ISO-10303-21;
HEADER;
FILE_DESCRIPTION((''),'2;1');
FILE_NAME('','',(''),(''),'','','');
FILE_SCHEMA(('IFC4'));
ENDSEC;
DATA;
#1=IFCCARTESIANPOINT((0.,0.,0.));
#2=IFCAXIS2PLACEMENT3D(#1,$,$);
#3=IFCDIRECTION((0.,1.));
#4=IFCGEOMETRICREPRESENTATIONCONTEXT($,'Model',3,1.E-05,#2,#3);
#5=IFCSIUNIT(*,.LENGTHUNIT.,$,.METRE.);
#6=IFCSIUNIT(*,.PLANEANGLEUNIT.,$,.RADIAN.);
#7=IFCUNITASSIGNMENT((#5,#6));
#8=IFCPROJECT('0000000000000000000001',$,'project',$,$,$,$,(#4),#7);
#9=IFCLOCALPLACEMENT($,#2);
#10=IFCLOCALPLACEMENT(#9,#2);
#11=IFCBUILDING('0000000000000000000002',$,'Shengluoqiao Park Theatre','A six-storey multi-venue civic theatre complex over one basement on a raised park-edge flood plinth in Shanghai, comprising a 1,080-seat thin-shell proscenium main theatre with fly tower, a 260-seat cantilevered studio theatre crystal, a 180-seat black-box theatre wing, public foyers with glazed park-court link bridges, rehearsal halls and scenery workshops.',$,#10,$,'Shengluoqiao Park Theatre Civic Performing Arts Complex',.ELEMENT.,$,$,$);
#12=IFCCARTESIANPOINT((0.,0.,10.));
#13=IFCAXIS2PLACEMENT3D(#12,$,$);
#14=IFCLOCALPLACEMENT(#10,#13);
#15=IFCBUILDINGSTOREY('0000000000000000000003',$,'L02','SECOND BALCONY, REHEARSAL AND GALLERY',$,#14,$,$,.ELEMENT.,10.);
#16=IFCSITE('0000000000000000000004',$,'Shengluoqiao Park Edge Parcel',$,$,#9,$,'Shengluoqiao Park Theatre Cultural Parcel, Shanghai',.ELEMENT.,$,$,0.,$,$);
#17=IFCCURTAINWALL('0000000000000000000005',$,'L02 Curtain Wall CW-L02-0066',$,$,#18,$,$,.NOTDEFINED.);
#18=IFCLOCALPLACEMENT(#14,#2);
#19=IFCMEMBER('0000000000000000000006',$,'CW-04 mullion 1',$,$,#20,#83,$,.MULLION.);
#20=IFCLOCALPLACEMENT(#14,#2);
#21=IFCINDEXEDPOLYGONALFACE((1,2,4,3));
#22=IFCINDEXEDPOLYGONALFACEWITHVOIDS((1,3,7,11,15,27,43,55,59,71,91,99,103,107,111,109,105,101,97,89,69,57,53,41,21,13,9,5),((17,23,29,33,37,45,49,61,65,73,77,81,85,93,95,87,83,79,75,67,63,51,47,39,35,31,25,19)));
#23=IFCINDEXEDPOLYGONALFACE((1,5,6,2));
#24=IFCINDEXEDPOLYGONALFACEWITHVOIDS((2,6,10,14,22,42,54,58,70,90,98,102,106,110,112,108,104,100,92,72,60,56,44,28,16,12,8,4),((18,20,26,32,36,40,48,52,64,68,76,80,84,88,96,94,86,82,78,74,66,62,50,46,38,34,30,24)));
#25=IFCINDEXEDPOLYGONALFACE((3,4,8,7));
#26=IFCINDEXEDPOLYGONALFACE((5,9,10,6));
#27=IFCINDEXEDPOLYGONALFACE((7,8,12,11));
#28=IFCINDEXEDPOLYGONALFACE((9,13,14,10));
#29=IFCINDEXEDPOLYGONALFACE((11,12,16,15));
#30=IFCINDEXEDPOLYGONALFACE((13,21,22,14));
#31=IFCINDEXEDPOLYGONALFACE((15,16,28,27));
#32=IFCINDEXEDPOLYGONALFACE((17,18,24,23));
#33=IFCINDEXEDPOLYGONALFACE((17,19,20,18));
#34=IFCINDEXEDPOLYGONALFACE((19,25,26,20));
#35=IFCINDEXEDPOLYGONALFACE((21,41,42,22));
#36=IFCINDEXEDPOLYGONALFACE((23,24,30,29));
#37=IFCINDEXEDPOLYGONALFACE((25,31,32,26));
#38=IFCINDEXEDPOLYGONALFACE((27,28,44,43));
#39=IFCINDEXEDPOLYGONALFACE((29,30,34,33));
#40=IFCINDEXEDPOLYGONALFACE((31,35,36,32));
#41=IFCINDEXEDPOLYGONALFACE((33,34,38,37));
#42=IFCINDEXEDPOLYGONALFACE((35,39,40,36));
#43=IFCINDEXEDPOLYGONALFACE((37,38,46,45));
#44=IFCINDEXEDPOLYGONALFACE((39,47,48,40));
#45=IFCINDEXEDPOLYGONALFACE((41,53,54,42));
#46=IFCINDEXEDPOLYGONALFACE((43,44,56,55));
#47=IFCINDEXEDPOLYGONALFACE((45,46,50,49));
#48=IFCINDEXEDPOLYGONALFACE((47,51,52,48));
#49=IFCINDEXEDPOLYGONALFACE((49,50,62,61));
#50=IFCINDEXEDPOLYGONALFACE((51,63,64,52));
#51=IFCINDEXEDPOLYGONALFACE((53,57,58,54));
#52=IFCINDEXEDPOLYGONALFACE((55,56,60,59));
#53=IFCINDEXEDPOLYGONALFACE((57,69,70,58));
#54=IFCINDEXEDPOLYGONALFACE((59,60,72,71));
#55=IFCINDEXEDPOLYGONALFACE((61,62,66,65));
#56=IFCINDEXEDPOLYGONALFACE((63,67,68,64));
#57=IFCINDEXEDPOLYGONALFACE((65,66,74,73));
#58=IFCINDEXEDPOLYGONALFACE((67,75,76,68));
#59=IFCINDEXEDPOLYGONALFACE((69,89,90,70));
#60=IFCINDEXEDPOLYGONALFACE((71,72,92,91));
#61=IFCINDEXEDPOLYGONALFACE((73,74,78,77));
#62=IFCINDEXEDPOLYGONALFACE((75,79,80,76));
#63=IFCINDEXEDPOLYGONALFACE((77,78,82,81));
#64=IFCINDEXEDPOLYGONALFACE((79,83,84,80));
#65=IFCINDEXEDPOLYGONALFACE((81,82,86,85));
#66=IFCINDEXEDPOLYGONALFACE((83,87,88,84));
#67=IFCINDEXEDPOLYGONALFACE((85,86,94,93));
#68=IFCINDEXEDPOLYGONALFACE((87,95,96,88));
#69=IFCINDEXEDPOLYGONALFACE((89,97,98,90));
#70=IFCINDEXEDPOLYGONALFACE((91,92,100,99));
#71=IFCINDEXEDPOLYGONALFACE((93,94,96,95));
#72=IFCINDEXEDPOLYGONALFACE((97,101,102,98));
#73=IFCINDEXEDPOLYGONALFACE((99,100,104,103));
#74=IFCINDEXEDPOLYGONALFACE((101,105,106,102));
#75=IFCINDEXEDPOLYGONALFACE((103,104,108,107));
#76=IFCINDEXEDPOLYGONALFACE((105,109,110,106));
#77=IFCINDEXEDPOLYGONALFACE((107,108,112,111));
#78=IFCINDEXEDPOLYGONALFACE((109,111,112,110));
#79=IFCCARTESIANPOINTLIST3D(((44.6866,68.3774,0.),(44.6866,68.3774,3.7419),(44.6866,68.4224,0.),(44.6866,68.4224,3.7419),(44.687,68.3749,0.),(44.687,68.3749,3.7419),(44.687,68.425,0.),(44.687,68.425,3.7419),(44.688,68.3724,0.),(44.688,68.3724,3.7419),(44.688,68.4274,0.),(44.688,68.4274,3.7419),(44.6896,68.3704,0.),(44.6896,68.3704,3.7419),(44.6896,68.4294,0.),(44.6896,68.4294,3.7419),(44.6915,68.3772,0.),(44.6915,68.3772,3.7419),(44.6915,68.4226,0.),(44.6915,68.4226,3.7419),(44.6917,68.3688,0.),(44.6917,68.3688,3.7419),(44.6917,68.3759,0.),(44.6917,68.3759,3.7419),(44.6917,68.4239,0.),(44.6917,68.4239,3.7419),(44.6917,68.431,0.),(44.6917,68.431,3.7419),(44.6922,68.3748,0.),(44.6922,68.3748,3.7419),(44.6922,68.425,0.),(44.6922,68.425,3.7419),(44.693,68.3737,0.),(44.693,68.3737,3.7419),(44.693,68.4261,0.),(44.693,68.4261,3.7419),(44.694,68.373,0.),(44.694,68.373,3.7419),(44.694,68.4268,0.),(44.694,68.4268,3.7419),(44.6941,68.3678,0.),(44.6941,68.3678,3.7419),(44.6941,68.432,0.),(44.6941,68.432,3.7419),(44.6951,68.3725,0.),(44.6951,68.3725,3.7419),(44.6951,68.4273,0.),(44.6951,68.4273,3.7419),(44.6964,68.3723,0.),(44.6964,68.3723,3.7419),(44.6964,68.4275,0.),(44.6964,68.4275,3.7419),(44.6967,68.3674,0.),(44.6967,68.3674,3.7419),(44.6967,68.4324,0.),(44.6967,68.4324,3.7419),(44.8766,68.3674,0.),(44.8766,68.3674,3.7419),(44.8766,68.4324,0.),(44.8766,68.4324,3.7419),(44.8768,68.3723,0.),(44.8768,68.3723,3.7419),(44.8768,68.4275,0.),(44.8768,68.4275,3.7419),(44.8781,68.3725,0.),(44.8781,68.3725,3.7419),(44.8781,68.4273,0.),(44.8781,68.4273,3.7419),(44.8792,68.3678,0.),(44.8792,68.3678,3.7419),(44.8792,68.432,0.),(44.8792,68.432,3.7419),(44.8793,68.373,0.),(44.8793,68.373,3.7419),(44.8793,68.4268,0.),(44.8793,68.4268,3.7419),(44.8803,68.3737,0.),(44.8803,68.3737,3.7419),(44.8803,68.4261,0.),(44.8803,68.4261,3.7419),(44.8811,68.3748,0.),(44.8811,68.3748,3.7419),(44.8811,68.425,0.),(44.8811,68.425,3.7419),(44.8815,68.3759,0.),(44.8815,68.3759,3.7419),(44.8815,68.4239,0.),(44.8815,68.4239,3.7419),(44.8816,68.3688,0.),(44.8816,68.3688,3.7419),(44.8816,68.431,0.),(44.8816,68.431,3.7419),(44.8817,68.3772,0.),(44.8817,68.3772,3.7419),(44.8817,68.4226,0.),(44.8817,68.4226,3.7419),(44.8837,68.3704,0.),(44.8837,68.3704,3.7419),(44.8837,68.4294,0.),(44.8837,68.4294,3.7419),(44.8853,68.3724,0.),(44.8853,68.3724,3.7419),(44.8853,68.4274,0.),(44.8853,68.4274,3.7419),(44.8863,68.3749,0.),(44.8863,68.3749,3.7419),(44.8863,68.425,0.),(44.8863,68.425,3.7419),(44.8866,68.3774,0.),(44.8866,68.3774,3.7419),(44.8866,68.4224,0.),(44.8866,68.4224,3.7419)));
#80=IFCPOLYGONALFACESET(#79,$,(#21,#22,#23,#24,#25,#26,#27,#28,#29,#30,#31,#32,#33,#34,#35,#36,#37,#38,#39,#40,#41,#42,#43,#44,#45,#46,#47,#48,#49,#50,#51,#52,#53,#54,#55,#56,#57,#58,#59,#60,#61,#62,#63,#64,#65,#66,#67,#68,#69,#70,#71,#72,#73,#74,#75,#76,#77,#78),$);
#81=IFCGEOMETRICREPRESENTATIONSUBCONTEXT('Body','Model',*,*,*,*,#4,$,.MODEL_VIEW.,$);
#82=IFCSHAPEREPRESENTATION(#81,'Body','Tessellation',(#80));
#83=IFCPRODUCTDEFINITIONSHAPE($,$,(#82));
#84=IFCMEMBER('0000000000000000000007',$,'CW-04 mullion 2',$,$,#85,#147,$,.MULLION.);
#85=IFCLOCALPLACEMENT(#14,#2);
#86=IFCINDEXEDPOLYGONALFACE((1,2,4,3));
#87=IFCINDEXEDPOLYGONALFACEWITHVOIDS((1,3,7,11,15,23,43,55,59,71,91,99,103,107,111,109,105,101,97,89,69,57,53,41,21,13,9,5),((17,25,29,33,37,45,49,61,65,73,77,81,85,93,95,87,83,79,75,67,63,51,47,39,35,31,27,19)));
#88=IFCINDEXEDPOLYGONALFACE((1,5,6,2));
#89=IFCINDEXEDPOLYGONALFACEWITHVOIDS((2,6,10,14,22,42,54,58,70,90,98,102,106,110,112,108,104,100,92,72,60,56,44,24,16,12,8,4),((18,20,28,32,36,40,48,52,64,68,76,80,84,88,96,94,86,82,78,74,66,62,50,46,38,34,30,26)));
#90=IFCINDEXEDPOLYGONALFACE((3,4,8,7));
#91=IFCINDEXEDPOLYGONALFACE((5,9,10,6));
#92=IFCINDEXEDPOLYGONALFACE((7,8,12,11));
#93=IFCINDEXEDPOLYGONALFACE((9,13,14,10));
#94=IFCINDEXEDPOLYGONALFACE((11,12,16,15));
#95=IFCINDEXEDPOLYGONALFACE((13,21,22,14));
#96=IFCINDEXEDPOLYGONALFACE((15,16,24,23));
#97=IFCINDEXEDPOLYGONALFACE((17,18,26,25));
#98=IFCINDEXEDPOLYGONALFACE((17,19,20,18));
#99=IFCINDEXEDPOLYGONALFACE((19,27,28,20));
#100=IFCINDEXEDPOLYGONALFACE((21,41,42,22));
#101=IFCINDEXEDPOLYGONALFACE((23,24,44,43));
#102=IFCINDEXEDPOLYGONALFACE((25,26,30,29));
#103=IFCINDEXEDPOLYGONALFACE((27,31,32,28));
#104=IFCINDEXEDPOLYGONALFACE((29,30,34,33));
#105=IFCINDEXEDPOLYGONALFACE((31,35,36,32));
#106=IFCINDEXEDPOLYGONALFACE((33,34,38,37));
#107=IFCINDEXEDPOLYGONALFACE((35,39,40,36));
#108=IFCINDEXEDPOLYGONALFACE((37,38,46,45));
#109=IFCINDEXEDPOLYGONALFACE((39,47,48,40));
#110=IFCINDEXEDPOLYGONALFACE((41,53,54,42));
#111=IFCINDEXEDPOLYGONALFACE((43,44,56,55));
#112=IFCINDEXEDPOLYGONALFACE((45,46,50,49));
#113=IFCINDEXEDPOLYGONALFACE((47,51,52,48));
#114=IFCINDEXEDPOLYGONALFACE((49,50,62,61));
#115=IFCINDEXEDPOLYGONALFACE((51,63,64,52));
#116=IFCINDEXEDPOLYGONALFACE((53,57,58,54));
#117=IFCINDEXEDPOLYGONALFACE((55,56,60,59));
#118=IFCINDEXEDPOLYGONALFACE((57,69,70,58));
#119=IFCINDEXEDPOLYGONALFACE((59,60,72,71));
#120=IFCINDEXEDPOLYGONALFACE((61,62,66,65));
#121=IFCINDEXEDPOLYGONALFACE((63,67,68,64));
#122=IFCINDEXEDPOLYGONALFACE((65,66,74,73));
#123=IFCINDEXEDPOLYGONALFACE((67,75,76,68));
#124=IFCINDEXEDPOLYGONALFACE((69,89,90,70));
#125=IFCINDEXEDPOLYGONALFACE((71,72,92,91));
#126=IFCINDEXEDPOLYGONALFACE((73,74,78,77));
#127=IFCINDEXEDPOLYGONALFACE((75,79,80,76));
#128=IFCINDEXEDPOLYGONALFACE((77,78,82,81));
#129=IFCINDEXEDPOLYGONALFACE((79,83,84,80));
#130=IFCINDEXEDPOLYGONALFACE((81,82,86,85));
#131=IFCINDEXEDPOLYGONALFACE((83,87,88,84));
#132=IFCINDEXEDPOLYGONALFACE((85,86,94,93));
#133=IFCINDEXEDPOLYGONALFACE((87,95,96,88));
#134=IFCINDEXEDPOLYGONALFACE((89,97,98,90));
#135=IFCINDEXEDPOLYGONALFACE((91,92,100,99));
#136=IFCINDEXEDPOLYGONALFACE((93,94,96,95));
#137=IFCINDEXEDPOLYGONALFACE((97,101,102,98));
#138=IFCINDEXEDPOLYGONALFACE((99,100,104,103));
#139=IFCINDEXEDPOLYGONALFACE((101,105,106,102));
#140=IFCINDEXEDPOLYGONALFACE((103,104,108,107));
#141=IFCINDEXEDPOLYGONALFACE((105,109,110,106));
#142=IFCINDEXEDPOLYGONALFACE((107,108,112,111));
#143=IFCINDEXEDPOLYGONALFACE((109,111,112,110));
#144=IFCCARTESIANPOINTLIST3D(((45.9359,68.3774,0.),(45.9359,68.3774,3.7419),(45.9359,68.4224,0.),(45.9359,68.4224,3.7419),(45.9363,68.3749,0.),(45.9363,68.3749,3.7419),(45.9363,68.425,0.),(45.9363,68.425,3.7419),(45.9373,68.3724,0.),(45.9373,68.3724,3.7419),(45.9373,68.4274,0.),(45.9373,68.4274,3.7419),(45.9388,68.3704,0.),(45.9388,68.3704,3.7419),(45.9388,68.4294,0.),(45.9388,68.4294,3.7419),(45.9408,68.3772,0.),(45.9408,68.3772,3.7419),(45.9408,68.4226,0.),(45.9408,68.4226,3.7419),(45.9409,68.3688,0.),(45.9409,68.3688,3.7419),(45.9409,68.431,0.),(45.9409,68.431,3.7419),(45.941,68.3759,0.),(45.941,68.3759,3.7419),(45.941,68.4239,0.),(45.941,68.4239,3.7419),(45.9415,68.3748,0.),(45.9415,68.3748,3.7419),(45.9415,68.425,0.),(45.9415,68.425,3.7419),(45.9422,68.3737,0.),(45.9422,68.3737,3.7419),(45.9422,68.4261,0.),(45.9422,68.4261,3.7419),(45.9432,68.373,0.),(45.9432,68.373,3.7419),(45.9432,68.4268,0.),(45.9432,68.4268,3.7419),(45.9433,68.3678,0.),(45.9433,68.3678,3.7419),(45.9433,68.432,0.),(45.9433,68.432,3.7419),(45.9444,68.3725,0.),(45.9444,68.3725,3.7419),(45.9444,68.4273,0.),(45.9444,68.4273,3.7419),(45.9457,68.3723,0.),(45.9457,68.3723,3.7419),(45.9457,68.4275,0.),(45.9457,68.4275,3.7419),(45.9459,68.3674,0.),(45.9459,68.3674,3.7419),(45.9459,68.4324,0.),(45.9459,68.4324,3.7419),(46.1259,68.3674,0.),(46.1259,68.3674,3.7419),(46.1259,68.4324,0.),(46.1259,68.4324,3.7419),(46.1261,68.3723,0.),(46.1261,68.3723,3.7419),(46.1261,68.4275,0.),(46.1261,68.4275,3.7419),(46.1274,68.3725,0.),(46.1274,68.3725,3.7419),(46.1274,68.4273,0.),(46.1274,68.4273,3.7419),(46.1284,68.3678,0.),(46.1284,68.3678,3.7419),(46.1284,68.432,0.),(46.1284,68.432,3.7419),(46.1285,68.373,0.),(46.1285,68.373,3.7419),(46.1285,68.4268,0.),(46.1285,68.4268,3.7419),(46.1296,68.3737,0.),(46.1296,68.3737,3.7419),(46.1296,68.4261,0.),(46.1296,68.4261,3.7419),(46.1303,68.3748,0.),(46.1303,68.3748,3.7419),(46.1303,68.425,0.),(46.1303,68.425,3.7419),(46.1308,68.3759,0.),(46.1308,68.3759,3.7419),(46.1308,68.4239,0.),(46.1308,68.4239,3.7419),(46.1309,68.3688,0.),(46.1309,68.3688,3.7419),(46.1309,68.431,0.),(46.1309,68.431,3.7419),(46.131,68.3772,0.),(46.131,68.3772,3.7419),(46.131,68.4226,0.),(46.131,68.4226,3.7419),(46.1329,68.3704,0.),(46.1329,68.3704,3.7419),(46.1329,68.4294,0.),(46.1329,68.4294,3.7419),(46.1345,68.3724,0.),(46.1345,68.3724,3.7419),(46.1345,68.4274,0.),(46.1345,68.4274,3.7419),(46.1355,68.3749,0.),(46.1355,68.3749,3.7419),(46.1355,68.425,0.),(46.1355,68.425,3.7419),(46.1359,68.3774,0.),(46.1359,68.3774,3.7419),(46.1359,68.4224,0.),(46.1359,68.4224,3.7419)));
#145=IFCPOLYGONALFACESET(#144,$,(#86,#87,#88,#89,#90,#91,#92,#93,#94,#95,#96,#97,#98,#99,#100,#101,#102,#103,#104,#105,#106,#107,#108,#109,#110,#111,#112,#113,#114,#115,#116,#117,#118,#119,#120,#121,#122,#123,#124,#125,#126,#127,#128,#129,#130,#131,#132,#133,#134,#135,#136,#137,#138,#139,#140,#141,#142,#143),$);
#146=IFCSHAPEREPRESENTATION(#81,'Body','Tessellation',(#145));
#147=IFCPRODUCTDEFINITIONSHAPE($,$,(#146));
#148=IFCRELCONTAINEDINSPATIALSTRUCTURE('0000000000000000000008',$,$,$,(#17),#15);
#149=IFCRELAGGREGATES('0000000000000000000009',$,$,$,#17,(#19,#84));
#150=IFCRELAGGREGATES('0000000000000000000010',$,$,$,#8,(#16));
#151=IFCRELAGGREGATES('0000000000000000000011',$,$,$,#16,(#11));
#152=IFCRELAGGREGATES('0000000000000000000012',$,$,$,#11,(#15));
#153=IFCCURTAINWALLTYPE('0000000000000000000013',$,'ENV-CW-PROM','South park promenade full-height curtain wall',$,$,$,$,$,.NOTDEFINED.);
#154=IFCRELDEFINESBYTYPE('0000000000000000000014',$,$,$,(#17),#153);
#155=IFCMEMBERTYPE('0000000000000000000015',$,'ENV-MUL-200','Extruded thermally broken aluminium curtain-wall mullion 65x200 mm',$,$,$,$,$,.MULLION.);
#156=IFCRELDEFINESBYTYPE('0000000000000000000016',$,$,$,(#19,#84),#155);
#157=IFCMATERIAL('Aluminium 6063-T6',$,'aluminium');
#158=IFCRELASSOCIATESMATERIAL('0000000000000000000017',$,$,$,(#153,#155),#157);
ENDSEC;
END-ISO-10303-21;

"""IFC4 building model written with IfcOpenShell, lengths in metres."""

from ifc_helpers import new_model, si_unit, direction, frame, origin, origin_2d, place, context, subcontext, project, spatial, hollow_rectangle, extrude, material, material_profile, profile_set, type_object, element, aggregate, save


model = new_model("IFC4")

# Units and contexts
model_context = context("Model", 3, precision=1e-05, world=origin(), true_north=direction((0.0, 1.0)))
body_context = subcontext(model_context, "Body", "Model", "MODEL_VIEW")
ifc_project = project(units=[si_unit("LENGTHUNIT", "METRE"), si_unit("PLANEANGLEUNIT", "RADIAN")], contexts=[model_context])

# Site, building, storey
site_placement = place(None, origin())
site = spatial("IfcSite", under=ifc_project, at=site_placement, Name="Shengluoqiao Park Edge Parcel", LongName="Shengluoqiao Park Theatre Cultural Parcel, Shanghai", CompositionType="ELEMENT", RefElevation=0.0)
building_placement = place(site_placement, origin())
building = spatial("IfcBuilding", under=site, at=building_placement, Name="Shengluoqiao Park Theatre", Description="A six-storey multi-venue civic theatre complex over one basement on a raised park-edge flood plinth in Shanghai, comprising a 1,080-seat thin-shell proscenium main theatre with fly tower, a 260-seat cantilevered studio theatre crystal, a 180-seat black-box theatre wing, public foyers with glazed park-court link bridges, rehearsal halls and scenery workshops.", LongName="Shengluoqiao Park Theatre Civic Performing Arts Complex", CompositionType="ELEMENT")
storey_placement = place(building_placement, frame((0.0, 0.0, 10.0)))
storey = spatial("IfcBuildingStorey", under=building, at=storey_placement, Name="L02", Description="SECOND BALCONY, REHEARSAL AND GALLERY", CompositionType="ELEMENT", Elevation=10.0)

# Curtain wall, members
ifc_material_1 = material(Name="Aluminium 6063-T6", Category="aluminium")
curtain_wall_type = type_object("IfcCurtainWallType", Name="ENV-CW-PROM", Description="South park promenade full-height curtain wall", PredefinedType="NOTDEFINED", material=ifc_material_1)
curtain_wall_1_placement = place(storey_placement, origin())
curtain_wall_1 = element("IfcCurtainWall", 1, at=curtain_wall_1_placement, inside=storey, type_object=curtain_wall_type, Name="L02 Curtain Wall CW-L02-0066", PredefinedType="NOTDEFINED")
ifc_material_profile_1 = material_profile(ifc_material_1, hollow_rectangle(XDim=0.0649, YDim=0.2, WallThickness=0.0049, InnerFilletRadius=0.0049, OuterFilletRadius=0.01, at=origin_2d()), Name="ALU MULLION 200x65x5")
ifc_profile_set_1 = profile_set([ifc_material_profile_1], Name="Aluminium 6063-T6")
member_type_1 = type_object("IfcMemberType", Name="ENV-MUL-200", Description="Extruded thermally broken aluminium curtain-wall mullion 65x200 mm", PredefinedType="MULLION", material=ifc_profile_set_1)
member_1_placement = place(storey_placement, frame((44.7866, 68.3999, 0.0), z_axis=(0.0, 0.0, 1.0), x_axis=(0.0, 1.0, 0.0)))
member_1 = element("IfcMember", 2, at=member_1_placement, type_object=member_type_1, Name="CW-04 mullion 1", PredefinedType="MULLION", context=body_context, shape_type="SweptSolid", body=[
    extrude(hollow_rectangle(XDim=0.0649, YDim=0.2, WallThickness=0.0049, InnerFilletRadius=0.0049, OuterFilletRadius=0.01, at=origin_2d()), origin(), (0.0, 0.0, 1.0), 3.7419),
])
member_2_placement = place(storey_placement, frame((46.0359, 68.3999, 0.0), z_axis=(0.0, 0.0, 1.0), x_axis=(0.0, 1.0, 0.0)))
member_2 = element("IfcMember", 3, at=member_2_placement, type_object=member_type_1, Name="CW-04 mullion 2", PredefinedType="MULLION", context=body_context, shape_type="SweptSolid", body=[
    extrude(hollow_rectangle(XDim=0.0649, YDim=0.2, WallThickness=0.0049, InnerFilletRadius=0.0049, OuterFilletRadius=0.01, at=origin_2d()), origin(), (0.0, 0.0, 1.0), 3.7419),
])

aggregate(curtain_wall_1, [member_1, member_2])

save(model, "model.ifc")
